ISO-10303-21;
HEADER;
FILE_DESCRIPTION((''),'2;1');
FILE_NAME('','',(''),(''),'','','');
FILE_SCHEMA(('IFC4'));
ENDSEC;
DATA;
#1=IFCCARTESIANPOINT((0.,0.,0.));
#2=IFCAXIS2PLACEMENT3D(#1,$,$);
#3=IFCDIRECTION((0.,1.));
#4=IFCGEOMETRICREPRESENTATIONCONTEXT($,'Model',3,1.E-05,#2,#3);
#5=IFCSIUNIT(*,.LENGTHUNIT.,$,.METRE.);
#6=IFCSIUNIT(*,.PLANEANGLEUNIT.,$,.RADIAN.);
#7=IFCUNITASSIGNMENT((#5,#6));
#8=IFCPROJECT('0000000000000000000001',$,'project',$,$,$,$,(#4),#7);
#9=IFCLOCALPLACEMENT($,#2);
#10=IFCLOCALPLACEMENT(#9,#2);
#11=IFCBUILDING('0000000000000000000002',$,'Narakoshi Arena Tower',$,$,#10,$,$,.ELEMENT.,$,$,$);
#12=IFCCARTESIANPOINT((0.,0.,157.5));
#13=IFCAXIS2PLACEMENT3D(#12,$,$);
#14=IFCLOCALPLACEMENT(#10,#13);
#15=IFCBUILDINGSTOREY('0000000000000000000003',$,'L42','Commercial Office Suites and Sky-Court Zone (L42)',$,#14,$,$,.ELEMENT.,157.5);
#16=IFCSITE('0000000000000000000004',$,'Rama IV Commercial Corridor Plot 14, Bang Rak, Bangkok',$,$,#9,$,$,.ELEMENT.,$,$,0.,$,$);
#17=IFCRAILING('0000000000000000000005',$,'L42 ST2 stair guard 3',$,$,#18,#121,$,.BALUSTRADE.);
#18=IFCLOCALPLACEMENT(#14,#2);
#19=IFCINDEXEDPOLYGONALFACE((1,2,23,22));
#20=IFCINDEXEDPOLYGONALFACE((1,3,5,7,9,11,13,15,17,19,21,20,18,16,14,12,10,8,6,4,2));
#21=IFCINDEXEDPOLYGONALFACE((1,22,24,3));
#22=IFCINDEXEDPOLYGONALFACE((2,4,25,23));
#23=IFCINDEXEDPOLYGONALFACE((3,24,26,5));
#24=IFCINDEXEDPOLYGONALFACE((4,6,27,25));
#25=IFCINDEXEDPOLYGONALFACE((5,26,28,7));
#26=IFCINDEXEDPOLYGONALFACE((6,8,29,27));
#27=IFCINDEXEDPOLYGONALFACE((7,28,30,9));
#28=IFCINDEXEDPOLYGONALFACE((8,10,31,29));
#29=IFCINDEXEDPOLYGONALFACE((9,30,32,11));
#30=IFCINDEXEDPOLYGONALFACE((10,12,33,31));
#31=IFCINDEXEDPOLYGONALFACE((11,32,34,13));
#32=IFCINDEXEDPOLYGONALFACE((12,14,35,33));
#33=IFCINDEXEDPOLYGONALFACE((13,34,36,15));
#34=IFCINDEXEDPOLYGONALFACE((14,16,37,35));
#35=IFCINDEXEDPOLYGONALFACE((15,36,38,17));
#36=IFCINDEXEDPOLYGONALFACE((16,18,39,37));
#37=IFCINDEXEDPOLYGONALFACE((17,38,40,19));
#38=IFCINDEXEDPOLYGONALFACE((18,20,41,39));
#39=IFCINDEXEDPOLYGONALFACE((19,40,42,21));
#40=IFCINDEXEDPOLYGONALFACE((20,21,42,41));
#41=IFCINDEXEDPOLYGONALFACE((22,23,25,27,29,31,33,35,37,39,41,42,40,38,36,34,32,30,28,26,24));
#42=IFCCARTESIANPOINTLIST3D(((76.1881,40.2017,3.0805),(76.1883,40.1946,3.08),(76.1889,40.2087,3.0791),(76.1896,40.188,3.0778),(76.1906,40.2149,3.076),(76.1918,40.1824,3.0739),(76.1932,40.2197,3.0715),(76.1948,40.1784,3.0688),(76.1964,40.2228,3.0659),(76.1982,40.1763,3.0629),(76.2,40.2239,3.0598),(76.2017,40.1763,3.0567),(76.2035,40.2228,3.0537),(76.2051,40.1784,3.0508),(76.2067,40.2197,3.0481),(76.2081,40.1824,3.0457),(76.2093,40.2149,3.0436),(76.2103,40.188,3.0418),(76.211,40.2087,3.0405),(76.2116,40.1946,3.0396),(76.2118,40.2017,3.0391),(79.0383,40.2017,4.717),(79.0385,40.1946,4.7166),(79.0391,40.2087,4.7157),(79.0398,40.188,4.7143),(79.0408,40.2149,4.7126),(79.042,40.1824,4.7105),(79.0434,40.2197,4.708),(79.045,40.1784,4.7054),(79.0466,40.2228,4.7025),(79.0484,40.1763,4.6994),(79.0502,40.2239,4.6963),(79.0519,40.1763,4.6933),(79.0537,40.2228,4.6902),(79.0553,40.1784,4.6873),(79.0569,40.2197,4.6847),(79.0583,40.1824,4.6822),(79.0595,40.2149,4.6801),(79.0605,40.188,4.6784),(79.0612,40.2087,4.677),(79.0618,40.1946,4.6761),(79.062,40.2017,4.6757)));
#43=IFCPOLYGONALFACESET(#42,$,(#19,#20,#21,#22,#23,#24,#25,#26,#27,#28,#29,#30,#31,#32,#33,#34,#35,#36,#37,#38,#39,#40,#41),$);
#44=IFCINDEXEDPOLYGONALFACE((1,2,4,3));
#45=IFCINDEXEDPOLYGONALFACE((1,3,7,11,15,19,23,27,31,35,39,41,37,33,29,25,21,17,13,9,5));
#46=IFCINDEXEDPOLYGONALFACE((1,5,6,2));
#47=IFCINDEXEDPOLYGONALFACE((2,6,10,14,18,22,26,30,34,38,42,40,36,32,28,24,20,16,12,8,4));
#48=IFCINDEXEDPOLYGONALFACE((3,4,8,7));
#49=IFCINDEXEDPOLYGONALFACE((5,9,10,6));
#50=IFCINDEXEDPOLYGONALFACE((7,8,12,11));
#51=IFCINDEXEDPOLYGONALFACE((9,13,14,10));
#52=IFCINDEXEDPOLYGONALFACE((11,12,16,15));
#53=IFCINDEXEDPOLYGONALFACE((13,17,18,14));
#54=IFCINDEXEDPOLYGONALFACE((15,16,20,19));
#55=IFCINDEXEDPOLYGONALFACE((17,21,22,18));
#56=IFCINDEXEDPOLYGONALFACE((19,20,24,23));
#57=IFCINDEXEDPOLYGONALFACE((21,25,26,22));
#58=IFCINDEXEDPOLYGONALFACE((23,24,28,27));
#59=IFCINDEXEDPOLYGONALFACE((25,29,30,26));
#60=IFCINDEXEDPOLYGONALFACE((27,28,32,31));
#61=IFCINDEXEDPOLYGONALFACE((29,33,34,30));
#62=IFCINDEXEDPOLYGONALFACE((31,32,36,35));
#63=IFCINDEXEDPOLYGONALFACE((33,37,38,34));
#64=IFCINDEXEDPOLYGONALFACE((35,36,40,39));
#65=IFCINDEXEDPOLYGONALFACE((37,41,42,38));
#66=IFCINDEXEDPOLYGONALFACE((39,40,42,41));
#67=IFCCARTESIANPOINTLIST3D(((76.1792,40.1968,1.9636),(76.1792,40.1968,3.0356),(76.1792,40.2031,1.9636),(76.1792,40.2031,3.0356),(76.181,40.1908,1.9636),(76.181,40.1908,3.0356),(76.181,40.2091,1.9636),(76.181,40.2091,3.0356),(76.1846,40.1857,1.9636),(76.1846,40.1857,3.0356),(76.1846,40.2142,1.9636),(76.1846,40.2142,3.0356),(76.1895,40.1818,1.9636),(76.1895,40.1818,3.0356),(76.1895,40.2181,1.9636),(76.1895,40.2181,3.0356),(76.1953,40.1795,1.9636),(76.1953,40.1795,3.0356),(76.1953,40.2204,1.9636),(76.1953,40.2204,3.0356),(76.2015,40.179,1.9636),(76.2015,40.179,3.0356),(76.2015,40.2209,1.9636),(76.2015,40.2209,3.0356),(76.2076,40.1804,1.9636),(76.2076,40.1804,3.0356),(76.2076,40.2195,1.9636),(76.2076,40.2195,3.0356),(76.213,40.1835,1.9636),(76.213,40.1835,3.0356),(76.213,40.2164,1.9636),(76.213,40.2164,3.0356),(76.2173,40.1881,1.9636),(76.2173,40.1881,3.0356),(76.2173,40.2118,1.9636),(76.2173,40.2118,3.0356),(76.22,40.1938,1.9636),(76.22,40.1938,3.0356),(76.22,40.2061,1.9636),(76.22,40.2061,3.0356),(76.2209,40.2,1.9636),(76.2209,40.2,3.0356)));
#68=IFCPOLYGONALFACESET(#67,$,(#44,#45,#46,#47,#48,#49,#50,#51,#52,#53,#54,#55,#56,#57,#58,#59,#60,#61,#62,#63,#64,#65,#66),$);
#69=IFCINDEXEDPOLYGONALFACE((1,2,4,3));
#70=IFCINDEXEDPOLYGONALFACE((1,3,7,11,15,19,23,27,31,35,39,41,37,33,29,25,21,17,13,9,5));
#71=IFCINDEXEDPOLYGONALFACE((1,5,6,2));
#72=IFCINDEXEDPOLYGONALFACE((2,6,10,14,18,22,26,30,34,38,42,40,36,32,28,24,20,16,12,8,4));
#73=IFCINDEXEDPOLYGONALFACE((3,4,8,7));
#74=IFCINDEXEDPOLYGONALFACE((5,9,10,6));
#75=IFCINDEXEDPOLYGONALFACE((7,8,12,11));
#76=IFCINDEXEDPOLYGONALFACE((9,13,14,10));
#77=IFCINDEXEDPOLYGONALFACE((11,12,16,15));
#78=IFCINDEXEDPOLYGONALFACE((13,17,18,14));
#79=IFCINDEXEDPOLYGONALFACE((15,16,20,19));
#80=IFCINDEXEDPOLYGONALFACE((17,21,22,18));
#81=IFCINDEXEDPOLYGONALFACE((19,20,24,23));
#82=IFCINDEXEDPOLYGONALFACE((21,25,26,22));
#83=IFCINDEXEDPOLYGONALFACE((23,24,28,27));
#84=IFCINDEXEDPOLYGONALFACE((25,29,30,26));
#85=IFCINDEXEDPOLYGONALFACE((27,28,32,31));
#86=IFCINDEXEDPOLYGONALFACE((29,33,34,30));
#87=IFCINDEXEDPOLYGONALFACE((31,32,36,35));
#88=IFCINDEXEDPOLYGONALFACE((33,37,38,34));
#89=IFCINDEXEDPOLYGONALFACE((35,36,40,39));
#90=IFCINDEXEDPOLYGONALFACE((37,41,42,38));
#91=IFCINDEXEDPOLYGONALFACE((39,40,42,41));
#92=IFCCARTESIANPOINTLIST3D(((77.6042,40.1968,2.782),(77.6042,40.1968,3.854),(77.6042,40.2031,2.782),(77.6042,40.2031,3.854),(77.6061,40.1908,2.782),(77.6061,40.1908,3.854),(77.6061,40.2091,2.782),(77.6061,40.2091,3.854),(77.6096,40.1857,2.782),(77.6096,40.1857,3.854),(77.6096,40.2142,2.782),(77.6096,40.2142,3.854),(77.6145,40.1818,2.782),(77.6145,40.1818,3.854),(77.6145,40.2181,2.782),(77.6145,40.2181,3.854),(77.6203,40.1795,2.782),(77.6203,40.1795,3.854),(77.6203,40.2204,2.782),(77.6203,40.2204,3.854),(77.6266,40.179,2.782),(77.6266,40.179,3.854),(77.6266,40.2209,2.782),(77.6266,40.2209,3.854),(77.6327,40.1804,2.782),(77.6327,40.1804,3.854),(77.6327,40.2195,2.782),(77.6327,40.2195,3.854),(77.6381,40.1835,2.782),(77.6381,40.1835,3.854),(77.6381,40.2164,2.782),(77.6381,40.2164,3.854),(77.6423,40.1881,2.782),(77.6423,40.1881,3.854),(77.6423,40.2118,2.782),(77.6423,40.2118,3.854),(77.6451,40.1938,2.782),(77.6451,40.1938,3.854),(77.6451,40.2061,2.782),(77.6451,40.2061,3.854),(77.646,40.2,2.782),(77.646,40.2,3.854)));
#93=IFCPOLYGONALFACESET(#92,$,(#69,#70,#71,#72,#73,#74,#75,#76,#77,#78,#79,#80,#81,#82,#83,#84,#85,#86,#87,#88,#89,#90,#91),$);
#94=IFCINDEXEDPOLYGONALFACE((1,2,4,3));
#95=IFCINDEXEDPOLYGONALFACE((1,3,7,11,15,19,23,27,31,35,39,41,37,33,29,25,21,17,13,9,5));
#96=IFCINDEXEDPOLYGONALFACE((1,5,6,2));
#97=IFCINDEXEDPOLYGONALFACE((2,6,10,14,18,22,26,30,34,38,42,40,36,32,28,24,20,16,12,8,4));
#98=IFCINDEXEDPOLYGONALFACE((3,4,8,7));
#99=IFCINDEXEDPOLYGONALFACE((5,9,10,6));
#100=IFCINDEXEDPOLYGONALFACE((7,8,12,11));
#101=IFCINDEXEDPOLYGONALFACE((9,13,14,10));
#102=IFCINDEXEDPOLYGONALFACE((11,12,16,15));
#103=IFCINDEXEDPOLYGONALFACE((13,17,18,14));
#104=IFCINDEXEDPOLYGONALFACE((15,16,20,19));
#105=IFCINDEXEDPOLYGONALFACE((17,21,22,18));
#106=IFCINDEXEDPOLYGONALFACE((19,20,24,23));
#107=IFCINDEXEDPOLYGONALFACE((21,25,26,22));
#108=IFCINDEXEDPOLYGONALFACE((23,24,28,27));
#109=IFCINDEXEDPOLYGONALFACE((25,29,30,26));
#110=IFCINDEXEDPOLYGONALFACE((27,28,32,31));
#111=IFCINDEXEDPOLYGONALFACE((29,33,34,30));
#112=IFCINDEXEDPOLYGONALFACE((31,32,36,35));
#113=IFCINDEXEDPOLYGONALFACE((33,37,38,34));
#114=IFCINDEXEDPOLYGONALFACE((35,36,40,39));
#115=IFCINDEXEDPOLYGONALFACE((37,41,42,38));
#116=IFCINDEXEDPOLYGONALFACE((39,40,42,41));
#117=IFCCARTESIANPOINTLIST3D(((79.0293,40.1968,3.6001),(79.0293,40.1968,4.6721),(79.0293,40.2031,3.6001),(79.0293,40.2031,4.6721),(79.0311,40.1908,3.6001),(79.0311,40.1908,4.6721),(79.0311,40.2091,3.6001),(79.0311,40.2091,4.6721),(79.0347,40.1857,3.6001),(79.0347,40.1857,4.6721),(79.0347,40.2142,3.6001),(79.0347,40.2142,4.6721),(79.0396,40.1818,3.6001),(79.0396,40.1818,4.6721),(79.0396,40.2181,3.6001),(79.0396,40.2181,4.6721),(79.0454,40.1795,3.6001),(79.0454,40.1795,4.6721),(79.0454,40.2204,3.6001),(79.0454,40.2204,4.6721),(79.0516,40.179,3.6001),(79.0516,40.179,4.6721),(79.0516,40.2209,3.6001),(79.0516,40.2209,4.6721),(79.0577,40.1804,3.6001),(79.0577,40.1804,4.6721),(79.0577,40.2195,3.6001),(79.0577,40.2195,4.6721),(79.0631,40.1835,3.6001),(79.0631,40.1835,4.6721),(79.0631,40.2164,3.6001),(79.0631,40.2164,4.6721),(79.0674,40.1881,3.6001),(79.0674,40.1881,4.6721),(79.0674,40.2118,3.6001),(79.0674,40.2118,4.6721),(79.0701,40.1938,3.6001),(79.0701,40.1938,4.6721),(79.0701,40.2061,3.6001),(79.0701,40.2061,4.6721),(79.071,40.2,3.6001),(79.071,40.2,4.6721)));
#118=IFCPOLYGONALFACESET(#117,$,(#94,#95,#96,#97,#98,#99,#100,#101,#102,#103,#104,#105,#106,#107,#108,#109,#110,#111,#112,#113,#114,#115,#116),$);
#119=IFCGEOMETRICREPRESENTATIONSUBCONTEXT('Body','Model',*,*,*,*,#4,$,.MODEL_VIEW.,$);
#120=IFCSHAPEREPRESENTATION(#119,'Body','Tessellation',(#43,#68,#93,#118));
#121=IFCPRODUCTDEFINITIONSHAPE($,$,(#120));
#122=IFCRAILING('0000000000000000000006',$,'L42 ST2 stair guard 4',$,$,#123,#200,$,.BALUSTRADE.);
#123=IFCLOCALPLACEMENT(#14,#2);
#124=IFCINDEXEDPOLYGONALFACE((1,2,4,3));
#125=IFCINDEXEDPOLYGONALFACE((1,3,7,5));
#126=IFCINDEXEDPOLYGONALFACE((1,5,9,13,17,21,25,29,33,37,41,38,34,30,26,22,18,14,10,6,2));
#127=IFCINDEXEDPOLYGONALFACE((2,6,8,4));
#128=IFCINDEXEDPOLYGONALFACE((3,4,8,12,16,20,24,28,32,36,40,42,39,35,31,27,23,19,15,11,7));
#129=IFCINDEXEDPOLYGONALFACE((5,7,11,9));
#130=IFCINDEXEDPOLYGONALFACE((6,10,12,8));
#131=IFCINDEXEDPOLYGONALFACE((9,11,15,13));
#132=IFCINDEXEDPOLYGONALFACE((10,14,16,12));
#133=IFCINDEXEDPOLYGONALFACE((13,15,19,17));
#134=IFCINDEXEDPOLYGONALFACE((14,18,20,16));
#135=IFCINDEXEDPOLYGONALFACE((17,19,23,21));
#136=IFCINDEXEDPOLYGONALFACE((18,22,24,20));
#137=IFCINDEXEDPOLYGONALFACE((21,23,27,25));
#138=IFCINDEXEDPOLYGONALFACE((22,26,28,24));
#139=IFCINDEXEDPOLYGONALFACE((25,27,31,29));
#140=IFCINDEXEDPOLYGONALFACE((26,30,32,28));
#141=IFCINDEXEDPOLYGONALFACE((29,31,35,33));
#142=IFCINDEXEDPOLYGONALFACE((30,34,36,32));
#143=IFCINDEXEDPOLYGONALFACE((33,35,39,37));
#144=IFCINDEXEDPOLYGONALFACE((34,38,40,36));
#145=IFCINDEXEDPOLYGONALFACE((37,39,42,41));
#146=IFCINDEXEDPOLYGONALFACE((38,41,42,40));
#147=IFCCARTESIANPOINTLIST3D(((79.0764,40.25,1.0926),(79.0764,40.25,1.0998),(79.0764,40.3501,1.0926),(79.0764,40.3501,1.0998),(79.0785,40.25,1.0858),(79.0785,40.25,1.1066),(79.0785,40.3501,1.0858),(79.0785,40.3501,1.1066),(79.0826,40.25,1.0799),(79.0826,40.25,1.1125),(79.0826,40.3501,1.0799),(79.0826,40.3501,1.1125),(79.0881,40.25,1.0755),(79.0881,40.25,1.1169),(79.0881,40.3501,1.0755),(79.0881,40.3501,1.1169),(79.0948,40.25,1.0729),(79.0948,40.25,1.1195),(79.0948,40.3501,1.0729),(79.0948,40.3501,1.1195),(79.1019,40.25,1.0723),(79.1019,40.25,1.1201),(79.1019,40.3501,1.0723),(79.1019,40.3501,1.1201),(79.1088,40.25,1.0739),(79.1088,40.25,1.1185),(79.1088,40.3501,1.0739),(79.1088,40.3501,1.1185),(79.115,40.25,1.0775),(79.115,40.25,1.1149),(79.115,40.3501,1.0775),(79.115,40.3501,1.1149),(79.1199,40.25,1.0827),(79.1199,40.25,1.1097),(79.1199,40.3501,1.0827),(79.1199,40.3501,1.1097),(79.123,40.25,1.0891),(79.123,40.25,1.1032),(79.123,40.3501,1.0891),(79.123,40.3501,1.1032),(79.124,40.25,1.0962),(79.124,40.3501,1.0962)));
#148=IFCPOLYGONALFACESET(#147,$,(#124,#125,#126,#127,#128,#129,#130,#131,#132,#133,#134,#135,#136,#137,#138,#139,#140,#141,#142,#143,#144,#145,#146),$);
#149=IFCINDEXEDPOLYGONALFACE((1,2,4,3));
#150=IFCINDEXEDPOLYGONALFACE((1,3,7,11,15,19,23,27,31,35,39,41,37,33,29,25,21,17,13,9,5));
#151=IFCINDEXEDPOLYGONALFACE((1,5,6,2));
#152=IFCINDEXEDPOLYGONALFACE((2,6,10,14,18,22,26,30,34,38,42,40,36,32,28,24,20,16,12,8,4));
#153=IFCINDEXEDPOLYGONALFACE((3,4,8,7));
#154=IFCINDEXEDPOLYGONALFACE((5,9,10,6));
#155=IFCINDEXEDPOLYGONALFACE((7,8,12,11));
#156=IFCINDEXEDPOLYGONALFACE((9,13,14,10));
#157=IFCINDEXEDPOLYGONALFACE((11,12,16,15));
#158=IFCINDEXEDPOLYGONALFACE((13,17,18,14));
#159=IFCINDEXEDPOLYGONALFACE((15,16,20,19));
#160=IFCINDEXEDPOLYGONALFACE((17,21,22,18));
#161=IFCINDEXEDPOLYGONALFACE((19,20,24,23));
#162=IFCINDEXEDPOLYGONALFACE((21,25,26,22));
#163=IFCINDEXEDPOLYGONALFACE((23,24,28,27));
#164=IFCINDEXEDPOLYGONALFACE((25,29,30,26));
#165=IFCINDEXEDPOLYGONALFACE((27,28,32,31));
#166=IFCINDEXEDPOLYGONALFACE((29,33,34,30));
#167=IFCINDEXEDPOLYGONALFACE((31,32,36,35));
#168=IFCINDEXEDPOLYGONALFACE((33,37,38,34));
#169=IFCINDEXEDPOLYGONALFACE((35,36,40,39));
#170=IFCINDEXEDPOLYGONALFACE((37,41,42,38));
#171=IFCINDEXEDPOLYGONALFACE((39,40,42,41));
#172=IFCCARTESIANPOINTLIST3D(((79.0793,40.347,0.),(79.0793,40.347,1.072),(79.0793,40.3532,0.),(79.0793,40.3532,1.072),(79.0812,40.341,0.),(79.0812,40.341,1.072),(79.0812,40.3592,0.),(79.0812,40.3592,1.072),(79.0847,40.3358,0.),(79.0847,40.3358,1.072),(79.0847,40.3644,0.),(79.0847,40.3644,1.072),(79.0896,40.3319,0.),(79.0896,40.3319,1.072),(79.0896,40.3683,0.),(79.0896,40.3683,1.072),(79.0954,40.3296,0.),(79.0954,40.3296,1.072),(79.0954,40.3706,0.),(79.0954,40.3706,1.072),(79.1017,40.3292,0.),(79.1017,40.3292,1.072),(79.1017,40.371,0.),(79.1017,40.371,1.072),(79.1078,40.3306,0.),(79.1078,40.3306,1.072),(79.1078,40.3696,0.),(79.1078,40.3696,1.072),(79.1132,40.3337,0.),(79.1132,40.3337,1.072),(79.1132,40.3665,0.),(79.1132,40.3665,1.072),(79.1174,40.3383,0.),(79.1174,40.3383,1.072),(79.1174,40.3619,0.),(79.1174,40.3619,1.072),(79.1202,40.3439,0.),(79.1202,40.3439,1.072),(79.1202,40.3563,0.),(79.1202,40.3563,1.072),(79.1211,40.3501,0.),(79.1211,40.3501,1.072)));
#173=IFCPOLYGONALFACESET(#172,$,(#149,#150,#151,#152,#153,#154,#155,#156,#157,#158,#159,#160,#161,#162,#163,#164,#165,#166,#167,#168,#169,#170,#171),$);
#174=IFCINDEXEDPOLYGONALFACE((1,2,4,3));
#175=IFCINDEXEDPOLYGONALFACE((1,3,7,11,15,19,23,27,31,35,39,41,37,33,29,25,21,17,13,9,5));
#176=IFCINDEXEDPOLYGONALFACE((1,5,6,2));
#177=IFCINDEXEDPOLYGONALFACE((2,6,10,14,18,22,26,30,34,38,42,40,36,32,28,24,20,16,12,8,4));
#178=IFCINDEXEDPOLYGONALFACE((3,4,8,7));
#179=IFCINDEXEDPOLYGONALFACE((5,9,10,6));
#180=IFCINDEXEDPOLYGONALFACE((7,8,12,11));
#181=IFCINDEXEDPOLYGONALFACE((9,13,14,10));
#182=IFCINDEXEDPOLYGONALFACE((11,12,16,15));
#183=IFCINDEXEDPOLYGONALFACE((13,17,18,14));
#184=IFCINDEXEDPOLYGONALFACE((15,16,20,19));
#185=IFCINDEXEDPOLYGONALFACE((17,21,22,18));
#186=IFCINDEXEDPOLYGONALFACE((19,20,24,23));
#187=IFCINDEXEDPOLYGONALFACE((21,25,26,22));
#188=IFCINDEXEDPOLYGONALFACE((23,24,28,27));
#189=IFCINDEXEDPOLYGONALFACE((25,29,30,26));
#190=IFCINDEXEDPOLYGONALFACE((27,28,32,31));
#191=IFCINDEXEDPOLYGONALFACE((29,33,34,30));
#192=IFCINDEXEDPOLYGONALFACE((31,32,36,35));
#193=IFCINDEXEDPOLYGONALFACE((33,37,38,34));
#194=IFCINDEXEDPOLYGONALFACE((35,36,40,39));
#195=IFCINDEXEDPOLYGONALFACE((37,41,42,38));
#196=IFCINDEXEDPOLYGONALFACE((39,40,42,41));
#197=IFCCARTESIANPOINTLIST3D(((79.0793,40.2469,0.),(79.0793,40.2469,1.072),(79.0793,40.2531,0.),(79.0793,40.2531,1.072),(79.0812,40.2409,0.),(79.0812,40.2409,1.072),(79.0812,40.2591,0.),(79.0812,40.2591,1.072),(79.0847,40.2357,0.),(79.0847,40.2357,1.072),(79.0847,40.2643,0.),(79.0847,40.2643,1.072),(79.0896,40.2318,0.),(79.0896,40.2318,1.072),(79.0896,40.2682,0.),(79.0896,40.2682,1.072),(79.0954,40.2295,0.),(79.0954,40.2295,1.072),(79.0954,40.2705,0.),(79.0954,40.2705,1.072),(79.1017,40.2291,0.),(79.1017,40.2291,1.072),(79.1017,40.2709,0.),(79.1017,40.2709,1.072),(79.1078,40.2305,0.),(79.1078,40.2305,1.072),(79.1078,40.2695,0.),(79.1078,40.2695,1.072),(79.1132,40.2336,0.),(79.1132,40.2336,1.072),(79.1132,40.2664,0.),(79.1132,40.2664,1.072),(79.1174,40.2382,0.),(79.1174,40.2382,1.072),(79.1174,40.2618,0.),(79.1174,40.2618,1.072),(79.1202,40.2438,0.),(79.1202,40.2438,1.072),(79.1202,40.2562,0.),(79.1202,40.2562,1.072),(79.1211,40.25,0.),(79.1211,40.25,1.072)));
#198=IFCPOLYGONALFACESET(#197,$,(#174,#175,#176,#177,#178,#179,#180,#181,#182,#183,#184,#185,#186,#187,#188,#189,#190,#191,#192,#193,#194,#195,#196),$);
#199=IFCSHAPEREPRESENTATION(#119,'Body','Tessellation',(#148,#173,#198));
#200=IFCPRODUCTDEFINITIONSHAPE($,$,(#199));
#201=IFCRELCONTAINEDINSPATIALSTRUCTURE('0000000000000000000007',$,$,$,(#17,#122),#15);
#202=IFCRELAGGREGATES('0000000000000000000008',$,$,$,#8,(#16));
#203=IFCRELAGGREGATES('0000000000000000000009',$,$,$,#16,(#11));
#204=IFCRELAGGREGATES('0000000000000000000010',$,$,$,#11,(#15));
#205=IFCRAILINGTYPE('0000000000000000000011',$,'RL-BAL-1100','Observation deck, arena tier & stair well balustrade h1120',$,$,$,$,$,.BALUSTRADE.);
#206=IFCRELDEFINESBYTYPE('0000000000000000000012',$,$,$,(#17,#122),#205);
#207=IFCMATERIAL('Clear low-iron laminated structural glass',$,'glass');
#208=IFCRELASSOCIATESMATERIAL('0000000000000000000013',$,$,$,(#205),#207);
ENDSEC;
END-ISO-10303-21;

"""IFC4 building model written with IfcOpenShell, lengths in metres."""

from ifc_helpers import new_model, si_unit, direction, frame, origin, origin_2d, place, context, subcontext, project, spatial, circle, extrude, material, type_object, element, save


model = new_model("IFC4")

# Units and contexts
model_context = context("Model", 3, precision=1e-05, world=origin(), true_north=direction((0.0, 1.0)))
body_context = subcontext(model_context, "Body", "Model", "MODEL_VIEW")
ifc_project = project(units=[si_unit("LENGTHUNIT", "METRE"), si_unit("PLANEANGLEUNIT", "RADIAN")], contexts=[model_context])

# Site, building, storey
site_placement = place(None, origin())
site = spatial("IfcSite", under=ifc_project, at=site_placement, Name="Rama IV Commercial Corridor Plot 14, Bang Rak, Bangkok", CompositionType="ELEMENT", RefElevation=0.0)
building_placement = place(site_placement, origin())
building = spatial("IfcBuilding", under=site, at=building_placement, Name="Narakoshi Arena Tower", CompositionType="ELEMENT")
storey_placement = place(building_placement, frame((0.0, 0.0, 157.5)))
storey = spatial("IfcBuildingStorey", under=building, at=storey_placement, Name="L42", Description="Commercial Office Suites and Sky-Court Zone (L42)", CompositionType="ELEMENT", Elevation=157.5)

# Railings
ifc_material_1 = material(Name="Clear low-iron laminated structural glass", Category="glass")
railing_type_1 = type_object("IfcRailingType", Name="RL-BAL-1100", Description="Observation deck, arena tier & stair well balustrade h1120", PredefinedType="BALUSTRADE", material=ifc_material_1)
railing_1_placement = place(storey_placement, frame((76.2, 40.2, 1.9636)))
element("IfcRailing", 1, at=railing_1_placement, inside=storey, type_object=railing_type_1, Name="L42 ST2 stair guard 3", PredefinedType="BALUSTRADE", context=body_context, shape_type="SweptSolid", body=[
    extrude(circle(Radius=0.0239, at=origin_2d()), frame((0.0, 0.0, 1.0962), z_axis=(0.867213, 0.0, 0.497938), x_axis=(0.0, 1.0, 0.0)), (0.0, 0.0, 1.0), 3.2866),
    extrude(circle(Radius=0.021, at=origin_2d()), origin(), (0.0, 0.0, 1.0), 1.072),
    extrude(circle(Radius=0.021, at=origin_2d()), frame((1.425, 0.0, 0.8184)), (0.0, 0.0, 1.0), 1.072),
    extrude(circle(Radius=0.021, at=origin_2d()), frame((2.8501, 0.0, 1.6365)), (0.0, 0.0, 1.0), 1.072),
])
railing_2_placement = place(storey_placement, frame((79.1001, 40.3501, 0.0)))
element("IfcRailing", 2, at=railing_2_placement, inside=storey, type_object=railing_type_1, Name="L42 ST2 stair guard 4", PredefinedType="BALUSTRADE", context=body_context, shape_type="SweptSolid", body=[
    extrude(circle(Radius=0.0239, at=origin_2d()), frame((0.0, 0.0, 1.0962), z_axis=(0.0, -1.0, 0.0), x_axis=(1.0, 0.0, 0.0)), (0.0, 0.0, 1.0), 0.1001),
    extrude(circle(Radius=0.021, at=origin_2d()), origin(), (0.0, 0.0, 1.0), 1.072),
    extrude(circle(Radius=0.021, at=origin_2d()), frame((0.0, -0.1001, 0.0)), (0.0, 0.0, 1.0), 1.072),
])

save(model, "model.ifc")
